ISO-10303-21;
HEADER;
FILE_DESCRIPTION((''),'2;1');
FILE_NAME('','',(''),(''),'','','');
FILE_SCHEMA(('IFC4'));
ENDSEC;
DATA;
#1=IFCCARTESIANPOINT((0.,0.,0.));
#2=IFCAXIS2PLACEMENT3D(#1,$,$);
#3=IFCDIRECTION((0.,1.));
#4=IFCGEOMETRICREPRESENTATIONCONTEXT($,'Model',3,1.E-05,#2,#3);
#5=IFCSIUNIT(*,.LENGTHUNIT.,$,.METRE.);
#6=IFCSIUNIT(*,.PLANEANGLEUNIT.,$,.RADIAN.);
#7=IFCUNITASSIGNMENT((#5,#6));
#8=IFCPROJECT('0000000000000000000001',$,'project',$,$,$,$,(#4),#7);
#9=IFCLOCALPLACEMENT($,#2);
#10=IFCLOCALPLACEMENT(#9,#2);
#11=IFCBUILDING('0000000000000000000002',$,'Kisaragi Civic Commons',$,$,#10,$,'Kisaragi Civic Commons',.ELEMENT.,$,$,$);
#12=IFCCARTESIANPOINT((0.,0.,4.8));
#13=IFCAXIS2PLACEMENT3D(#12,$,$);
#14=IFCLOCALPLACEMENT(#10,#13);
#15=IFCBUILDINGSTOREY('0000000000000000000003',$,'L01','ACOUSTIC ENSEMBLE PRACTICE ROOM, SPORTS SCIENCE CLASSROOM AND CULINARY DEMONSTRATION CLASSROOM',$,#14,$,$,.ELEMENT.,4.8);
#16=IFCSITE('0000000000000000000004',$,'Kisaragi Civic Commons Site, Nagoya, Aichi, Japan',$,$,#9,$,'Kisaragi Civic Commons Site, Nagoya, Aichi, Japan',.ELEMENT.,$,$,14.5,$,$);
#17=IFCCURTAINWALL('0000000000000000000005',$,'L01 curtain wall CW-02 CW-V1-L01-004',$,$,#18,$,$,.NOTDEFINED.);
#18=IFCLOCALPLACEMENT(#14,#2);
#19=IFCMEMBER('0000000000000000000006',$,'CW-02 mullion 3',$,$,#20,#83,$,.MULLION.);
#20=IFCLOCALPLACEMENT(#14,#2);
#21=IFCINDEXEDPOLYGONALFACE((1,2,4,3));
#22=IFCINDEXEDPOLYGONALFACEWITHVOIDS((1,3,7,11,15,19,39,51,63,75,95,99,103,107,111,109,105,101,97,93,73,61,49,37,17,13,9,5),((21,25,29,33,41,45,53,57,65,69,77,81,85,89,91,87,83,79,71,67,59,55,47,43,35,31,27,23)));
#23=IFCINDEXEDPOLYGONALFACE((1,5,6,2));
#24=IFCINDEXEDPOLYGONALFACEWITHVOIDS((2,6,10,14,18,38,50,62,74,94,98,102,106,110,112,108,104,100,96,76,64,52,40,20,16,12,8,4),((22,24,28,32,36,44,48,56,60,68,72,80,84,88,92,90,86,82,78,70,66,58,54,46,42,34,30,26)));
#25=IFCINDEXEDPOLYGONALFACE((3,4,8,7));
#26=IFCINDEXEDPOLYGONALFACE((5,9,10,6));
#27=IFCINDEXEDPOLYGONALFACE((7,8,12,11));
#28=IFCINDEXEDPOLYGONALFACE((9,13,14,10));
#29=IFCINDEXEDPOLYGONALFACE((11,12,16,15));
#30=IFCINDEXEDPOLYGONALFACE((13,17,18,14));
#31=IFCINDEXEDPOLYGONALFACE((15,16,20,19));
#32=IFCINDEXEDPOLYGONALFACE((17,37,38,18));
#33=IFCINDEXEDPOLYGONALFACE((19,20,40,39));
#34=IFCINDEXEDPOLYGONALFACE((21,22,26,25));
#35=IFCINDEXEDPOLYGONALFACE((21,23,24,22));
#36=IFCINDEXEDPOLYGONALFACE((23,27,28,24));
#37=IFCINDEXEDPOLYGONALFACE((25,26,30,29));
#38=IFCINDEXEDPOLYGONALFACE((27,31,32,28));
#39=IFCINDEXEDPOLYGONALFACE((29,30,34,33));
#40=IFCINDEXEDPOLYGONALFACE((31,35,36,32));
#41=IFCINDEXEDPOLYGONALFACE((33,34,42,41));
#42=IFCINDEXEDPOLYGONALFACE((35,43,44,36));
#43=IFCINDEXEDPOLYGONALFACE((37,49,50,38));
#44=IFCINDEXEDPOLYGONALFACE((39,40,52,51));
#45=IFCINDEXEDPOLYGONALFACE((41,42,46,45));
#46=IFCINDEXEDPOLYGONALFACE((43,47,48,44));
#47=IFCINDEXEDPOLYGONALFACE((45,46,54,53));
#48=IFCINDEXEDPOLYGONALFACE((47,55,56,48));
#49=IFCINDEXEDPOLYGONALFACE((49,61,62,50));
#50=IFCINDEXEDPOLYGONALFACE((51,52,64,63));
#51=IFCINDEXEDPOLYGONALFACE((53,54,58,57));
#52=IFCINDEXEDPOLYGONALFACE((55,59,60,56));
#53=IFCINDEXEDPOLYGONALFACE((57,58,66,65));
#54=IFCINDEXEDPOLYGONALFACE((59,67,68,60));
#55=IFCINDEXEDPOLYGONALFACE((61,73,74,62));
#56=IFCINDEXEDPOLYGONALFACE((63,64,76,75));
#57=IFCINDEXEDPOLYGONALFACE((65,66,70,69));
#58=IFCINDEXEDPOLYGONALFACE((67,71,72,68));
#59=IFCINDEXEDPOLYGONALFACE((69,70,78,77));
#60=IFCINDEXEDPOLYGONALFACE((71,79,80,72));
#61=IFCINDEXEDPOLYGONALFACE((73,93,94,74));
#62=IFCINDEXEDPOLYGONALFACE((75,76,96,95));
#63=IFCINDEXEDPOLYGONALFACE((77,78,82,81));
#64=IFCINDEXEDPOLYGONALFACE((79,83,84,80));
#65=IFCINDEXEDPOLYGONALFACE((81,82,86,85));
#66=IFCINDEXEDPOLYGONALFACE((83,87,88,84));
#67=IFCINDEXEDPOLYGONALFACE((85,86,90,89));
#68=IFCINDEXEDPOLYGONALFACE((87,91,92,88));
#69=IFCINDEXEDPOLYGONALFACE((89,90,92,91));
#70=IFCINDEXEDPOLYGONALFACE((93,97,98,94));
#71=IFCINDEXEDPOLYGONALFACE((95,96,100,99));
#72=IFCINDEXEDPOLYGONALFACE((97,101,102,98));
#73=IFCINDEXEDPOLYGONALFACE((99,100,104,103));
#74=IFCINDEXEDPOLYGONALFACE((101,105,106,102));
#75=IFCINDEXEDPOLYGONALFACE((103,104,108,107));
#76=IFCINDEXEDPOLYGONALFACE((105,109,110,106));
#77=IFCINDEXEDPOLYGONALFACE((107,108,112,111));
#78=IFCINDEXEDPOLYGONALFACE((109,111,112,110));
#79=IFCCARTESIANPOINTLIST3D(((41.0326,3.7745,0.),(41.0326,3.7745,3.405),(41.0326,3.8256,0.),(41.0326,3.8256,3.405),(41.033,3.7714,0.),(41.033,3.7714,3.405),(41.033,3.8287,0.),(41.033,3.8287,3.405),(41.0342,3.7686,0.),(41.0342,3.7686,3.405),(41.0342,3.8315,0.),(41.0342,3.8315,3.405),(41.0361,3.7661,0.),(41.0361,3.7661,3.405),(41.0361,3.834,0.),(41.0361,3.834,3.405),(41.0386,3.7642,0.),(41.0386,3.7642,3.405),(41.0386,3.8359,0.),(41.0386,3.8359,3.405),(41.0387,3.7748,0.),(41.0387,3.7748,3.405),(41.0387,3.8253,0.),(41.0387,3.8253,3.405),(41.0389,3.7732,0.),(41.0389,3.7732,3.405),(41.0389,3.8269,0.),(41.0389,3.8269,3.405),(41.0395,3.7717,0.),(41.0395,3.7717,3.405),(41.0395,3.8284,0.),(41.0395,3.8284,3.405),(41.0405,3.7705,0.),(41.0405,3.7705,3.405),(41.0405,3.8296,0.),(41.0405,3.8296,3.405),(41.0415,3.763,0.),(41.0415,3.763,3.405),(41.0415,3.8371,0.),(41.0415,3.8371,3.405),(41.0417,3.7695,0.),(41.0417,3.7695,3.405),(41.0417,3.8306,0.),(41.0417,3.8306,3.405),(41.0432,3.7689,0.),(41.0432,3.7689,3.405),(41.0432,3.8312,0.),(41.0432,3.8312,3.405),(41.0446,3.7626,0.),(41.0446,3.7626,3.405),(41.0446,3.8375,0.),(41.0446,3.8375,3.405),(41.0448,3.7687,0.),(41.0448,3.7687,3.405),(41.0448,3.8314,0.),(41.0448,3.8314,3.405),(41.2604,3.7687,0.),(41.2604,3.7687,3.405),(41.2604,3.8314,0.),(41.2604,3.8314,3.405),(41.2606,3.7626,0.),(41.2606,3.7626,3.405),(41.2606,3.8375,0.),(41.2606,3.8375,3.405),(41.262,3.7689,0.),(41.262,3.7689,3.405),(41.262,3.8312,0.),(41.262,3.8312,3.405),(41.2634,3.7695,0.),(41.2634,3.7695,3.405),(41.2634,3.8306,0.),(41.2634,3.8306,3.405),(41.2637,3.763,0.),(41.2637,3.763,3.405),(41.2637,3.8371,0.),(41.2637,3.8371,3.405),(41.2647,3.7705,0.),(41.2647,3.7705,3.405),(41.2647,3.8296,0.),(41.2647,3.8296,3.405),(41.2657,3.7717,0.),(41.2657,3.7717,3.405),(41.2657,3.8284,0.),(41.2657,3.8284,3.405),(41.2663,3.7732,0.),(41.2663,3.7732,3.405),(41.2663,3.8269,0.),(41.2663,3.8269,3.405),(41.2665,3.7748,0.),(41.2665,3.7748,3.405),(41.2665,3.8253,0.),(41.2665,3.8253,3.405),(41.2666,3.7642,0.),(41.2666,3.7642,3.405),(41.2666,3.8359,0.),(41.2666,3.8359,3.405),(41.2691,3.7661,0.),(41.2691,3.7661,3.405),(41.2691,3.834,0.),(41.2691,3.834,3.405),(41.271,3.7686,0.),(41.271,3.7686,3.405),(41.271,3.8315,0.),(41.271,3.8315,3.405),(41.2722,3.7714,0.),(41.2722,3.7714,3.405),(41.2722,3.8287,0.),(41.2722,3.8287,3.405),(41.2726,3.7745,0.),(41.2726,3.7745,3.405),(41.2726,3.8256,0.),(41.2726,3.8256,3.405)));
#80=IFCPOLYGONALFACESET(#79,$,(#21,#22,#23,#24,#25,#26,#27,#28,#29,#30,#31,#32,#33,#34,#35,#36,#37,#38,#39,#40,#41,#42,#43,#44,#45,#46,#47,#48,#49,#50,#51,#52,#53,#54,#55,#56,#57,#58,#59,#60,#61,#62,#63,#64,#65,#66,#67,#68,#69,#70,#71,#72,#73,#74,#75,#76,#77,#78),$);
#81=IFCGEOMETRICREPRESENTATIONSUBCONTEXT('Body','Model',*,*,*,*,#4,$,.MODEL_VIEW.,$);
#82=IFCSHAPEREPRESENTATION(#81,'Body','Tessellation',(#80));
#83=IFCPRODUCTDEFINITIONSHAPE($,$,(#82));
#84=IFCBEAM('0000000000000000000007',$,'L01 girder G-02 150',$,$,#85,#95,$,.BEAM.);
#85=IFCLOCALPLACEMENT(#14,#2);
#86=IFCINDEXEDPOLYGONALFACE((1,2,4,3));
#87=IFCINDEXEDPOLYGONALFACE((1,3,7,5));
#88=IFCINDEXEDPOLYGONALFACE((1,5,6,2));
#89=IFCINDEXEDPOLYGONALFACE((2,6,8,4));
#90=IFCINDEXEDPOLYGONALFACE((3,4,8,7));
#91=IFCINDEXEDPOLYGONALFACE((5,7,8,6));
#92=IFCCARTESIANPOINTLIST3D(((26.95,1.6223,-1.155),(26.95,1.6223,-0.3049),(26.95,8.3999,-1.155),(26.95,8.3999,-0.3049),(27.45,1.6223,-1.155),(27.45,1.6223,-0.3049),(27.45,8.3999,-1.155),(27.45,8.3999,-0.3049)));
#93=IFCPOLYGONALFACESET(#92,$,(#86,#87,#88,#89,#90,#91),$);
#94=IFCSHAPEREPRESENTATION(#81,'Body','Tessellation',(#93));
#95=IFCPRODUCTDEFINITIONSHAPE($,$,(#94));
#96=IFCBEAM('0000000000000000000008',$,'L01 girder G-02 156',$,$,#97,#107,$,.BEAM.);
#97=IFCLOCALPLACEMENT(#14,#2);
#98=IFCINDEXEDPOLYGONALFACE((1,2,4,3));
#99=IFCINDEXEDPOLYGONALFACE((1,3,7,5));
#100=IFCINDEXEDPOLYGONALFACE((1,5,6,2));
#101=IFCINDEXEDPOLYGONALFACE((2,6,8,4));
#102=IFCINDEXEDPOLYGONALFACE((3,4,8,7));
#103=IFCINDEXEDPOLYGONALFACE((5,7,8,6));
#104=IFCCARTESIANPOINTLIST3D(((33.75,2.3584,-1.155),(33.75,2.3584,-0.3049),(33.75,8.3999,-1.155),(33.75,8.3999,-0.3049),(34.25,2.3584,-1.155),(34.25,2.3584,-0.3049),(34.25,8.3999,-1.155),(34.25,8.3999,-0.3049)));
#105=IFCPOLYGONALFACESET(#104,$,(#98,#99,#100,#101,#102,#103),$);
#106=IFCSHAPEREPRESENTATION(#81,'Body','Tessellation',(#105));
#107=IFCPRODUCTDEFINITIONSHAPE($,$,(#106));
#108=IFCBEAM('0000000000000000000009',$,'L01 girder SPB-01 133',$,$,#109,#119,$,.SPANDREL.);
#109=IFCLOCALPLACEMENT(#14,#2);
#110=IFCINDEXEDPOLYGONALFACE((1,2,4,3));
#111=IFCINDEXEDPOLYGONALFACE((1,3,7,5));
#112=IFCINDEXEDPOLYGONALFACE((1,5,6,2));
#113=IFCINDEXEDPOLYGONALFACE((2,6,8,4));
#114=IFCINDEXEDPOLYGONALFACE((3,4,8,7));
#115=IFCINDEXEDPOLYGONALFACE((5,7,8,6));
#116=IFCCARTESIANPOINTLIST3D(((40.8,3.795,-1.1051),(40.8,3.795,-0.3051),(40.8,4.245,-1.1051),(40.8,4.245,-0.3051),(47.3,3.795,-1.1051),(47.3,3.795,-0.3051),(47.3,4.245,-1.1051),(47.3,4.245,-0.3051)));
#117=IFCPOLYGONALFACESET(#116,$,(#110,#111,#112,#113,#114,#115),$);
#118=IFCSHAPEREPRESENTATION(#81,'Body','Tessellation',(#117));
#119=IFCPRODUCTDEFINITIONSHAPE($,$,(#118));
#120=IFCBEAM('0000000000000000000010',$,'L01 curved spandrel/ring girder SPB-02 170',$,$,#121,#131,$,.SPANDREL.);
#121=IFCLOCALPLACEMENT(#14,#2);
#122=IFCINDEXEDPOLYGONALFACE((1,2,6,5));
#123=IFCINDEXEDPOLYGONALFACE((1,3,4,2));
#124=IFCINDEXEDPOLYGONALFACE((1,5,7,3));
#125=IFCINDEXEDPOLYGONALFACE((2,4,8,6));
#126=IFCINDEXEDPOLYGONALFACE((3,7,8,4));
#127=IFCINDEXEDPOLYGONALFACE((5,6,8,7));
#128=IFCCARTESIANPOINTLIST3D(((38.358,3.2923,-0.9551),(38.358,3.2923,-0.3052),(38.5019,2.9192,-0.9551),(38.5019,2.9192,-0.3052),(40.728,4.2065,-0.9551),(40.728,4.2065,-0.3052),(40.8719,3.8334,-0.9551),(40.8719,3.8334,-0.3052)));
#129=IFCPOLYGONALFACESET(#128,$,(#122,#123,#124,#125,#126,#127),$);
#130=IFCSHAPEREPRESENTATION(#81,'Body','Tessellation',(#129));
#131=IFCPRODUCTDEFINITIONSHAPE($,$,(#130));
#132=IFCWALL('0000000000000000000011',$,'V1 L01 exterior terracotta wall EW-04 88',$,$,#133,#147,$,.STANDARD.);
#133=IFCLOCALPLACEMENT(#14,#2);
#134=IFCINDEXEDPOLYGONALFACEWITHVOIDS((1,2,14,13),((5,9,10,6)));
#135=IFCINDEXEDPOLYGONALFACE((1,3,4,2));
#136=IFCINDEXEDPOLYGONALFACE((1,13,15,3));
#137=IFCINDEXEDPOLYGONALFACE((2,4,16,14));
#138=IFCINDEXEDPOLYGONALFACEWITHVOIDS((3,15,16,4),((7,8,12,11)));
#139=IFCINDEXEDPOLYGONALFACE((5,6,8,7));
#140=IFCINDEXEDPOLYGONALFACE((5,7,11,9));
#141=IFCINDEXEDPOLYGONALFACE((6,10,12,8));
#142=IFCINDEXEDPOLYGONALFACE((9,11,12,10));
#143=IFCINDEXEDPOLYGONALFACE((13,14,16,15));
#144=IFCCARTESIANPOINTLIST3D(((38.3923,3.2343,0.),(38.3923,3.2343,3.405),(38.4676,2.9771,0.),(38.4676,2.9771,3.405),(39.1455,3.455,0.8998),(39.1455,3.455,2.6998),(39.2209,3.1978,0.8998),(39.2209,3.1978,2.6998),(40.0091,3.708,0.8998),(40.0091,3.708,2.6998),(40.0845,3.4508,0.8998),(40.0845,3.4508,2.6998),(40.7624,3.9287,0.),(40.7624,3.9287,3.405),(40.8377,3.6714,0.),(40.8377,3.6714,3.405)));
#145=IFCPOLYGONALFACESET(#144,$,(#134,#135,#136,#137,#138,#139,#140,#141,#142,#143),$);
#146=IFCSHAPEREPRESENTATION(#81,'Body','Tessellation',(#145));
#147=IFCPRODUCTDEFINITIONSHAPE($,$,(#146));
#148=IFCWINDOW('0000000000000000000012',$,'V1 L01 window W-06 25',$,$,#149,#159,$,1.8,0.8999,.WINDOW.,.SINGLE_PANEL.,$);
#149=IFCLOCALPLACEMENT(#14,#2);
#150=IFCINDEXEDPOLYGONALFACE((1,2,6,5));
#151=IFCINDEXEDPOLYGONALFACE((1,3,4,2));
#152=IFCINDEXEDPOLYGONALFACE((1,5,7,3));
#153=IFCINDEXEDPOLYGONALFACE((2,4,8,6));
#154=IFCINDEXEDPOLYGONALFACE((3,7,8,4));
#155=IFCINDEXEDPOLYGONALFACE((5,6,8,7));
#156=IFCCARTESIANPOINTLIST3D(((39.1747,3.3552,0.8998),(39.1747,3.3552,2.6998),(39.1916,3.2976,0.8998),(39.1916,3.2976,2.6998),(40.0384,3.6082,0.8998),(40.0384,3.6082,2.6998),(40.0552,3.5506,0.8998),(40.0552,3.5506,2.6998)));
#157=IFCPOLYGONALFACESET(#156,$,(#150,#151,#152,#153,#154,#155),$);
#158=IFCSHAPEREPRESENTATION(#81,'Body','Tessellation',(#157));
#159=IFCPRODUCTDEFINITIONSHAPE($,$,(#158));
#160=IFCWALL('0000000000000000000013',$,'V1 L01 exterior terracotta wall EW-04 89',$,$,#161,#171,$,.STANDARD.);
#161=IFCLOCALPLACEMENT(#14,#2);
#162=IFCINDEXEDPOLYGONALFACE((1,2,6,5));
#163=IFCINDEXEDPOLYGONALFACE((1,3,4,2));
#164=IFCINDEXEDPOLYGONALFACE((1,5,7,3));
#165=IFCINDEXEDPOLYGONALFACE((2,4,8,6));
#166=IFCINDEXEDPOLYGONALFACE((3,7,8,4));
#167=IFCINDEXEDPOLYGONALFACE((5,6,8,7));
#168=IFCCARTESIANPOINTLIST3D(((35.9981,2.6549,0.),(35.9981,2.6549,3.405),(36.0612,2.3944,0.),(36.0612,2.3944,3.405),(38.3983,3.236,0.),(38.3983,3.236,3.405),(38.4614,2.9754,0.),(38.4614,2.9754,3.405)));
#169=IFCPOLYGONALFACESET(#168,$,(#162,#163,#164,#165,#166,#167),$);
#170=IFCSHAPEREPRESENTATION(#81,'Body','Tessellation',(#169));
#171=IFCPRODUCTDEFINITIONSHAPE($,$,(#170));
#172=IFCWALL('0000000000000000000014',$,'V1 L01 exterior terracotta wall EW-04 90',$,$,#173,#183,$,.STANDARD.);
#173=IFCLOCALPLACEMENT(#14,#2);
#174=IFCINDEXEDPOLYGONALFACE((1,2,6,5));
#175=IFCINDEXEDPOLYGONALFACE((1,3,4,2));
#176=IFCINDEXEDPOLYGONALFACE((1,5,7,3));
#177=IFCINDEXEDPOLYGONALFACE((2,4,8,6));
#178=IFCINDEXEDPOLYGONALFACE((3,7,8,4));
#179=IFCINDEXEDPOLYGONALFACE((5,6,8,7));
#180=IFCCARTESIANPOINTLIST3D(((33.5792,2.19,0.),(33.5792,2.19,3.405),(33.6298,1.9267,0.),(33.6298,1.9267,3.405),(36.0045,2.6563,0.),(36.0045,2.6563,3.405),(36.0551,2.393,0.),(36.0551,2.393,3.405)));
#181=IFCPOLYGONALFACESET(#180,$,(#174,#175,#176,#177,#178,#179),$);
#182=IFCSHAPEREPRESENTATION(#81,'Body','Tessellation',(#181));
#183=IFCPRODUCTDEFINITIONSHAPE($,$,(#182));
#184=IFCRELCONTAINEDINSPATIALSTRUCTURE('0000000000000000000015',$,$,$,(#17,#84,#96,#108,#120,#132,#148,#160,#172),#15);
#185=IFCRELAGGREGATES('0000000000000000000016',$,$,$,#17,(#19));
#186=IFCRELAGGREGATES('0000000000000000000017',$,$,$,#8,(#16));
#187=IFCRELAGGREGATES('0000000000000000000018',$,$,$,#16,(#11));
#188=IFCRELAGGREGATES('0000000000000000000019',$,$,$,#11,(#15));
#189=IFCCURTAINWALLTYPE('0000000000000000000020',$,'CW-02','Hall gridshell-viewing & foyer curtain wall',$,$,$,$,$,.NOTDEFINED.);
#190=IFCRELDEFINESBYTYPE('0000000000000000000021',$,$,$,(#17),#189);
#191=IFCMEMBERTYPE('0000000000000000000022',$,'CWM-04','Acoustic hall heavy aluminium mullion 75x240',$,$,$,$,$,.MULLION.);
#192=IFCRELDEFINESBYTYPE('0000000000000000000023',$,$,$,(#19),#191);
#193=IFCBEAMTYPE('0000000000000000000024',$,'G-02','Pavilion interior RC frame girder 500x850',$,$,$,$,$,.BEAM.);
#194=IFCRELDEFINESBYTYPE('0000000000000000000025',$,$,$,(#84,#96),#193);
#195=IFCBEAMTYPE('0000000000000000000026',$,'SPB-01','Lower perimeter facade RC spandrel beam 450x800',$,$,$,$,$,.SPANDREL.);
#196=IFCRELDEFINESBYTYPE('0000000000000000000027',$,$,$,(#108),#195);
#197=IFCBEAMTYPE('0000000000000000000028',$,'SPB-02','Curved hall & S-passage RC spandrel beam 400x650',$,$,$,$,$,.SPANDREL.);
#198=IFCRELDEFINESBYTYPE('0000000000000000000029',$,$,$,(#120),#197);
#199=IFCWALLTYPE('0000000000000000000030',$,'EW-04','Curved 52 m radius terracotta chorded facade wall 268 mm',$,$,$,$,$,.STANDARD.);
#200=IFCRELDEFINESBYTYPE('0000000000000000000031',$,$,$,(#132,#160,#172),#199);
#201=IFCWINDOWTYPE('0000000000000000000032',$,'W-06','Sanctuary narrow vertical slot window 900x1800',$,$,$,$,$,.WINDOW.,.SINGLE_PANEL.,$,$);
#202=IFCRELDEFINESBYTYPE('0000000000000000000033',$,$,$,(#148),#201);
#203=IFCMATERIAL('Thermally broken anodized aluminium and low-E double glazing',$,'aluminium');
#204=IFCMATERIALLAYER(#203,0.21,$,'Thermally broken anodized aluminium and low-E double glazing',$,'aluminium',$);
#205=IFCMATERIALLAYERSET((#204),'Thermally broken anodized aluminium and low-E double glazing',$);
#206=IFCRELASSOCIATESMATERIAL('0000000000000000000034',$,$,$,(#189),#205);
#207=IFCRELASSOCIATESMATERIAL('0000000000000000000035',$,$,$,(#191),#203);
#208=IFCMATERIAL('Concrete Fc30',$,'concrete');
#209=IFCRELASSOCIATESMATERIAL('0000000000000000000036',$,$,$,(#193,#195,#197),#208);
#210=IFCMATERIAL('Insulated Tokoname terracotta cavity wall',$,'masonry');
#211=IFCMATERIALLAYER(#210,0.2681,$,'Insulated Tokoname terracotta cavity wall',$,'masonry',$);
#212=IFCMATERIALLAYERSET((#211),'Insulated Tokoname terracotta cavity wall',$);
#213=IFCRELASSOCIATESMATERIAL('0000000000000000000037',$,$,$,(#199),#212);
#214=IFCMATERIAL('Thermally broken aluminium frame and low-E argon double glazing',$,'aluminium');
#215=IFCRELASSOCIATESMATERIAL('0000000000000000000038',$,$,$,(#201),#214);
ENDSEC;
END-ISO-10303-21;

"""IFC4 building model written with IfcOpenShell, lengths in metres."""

from ifc_helpers import new_model, si_unit, direction, frame, frame_2d, origin, origin_2d, place, context, subcontext, project, spatial, rectangle, hollow_rectangle, extrude, material, layer, layer_set, material_profile, profile_set, type_object, element, fill, aggregate, save


model = new_model("IFC4")

# Units and contexts
model_context = context("Model", 3, precision=1e-05, world=origin(), true_north=direction((0.0, 1.0)))
body_context = subcontext(model_context, "Body", "Model", "MODEL_VIEW")
ifc_project = project(units=[si_unit("LENGTHUNIT", "METRE"), si_unit("PLANEANGLEUNIT", "RADIAN")], contexts=[model_context])

# Site, building, storey
site_placement = place(None, origin())
site = spatial("IfcSite", under=ifc_project, at=site_placement, Name="Kisaragi Civic Commons Site, Nagoya, Aichi, Japan", LongName="Kisaragi Civic Commons Site, Nagoya, Aichi, Japan", CompositionType="ELEMENT", RefElevation=14.5)
building_placement = place(site_placement, origin())
building = spatial("IfcBuilding", under=site, at=building_placement, Name="Kisaragi Civic Commons", LongName="Kisaragi Civic Commons", CompositionType="ELEMENT")
storey_placement = place(building_placement, frame((0.0, 0.0, 4.8)))
storey = spatial("IfcBuildingStorey", under=building, at=storey_placement, Name="L01", Description="ACOUSTIC ENSEMBLE PRACTICE ROOM, SPORTS SCIENCE CLASSROOM AND CULINARY DEMONSTRATION CLASSROOM", CompositionType="ELEMENT", Elevation=4.8)

# Shared definitions
ifc_material_1 = material(Name="Concrete Fc30", Category="concrete")

# Curtain wall, member
ifc_material_2 = material(Name="Thermally broken anodized aluminium and low-E double glazing", Category="aluminium")
ifc_layer_1 = layer(ifc_material_2, 0.21, Name="Thermally broken anodized aluminium and low-E double glazing", Category="aluminium")
ifc_layer_set_1 = layer_set([ifc_layer_1], Name="Thermally broken anodized aluminium and low-E double glazing")
curtain_wall_type = type_object("IfcCurtainWallType", Name="CW-02", Description="Hall gridshell-viewing & foyer curtain wall", PredefinedType="NOTDEFINED", material=ifc_layer_set_1)
curtain_wall_placement = place(storey_placement, origin())
curtain_wall = element("IfcCurtainWall", 1, at=curtain_wall_placement, inside=storey, type_object=curtain_wall_type, Name="L01 curtain wall CW-02 CW-V1-L01-004", PredefinedType="NOTDEFINED")
ifc_material_profile_1 = material_profile(ifc_material_2, hollow_rectangle(XDim=0.075, YDim=0.24, WallThickness=0.0061, InnerFilletRadius=0.0061, OuterFilletRadius=0.012, at=origin_2d()), Name="CWM-75x240x6", Category="aluminium")
ifc_profile_set_1 = profile_set([ifc_material_profile_1], Name="Thermally broken anodized aluminium and low-E double glazing")
member_type = type_object("IfcMemberType", Name="CWM-04", Description="Acoustic hall heavy aluminium mullion 75x240", PredefinedType="MULLION", material=ifc_profile_set_1)
member_placement = place(storey_placement, frame((41.1526, 3.8, 0.0), z_axis=(0.0, 0.0, 1.0), x_axis=(0.0, -1.0, 0.0)))
member = element("IfcMember", 2, at=member_placement, type_object=member_type, Name="CW-02 mullion 3", PredefinedType="MULLION", context=body_context, shape_type="SweptSolid", body=[
    extrude(hollow_rectangle(XDim=0.075, YDim=0.24, WallThickness=0.0061, InnerFilletRadius=0.0061, OuterFilletRadius=0.012, at=origin_2d()), origin(), (0.0, 0.0, 1.0), 3.405),
])
aggregate(curtain_wall, [member])

# Beams
ifc_material_profile_2 = material_profile(ifc_material_1, rectangle(XDim=0.5, YDim=0.8501, at=origin_2d()), Name="RC-500x850", Category="concrete")
ifc_profile_set_2 = profile_set([ifc_material_profile_2], Name="Concrete Fc30")
beam_type_1 = type_object("IfcBeamType", Name="G-02", Description="Pavilion interior RC frame girder 500x850", PredefinedType="BEAM", material=ifc_profile_set_2)
beam_1_placement = place(storey_placement, frame((27.2, 1.6223, -0.73), z_axis=(0.0, 1.0, 0.0), x_axis=(-1.0, 0.0, 0.0)))
element("IfcBeam", 3, at=beam_1_placement, inside=storey, type_object=beam_type_1, Name="L01 girder G-02 150", PredefinedType="BEAM", context=body_context, shape_type="SweptSolid", body=[
    extrude(rectangle(XDim=0.5, YDim=0.8501, at=origin_2d()), origin(), (0.0, 0.0, 1.0), 6.7776),
])
beam_2_placement = place(storey_placement, frame((34.0, 2.3584, -0.73), z_axis=(0.0, 1.0, 0.0), x_axis=(-1.0, 0.0, 0.0)))
element("IfcBeam", 4, at=beam_2_placement, inside=storey, type_object=beam_type_1, Name="L01 girder G-02 156", PredefinedType="BEAM", context=body_context, shape_type="SweptSolid", body=[
    extrude(rectangle(XDim=0.5, YDim=0.8501, at=origin_2d()), origin(), (0.0, 0.0, 1.0), 6.0415),
])
ifc_material_profile_3 = material_profile(ifc_material_1, rectangle(XDim=0.45, YDim=0.8, at=origin_2d()), Name="RC-450x800", Category="concrete")
ifc_profile_set_3 = profile_set([ifc_material_profile_3], Name="Concrete Fc30")
beam_type_2 = type_object("IfcBeamType", Name="SPB-01", Description="Lower perimeter facade RC spandrel beam 450x800", PredefinedType="SPANDREL", material=ifc_profile_set_3)
beam_3_placement = place(storey_placement, frame((40.8, 4.02, -0.7051), z_axis=(1.0, 0.0, 0.0), x_axis=(0.0, 1.0, 0.0)))
element("IfcBeam", 5, at=beam_3_placement, inside=storey, type_object=beam_type_2, Name="L01 girder SPB-01 133", PredefinedType="SPANDREL", context=body_context, shape_type="SweptSolid", body=[
    extrude(rectangle(XDim=0.45, YDim=0.8, at=origin_2d()), origin(), (0.0, 0.0, 1.0), 6.5),
])
ifc_material_profile_4 = material_profile(ifc_material_1, rectangle(XDim=0.3999, YDim=0.6499, at=origin_2d()), Name="RC-400x650", Category="concrete")
ifc_profile_set_4 = profile_set([ifc_material_profile_4], Name="Concrete Fc30")
beam_type_3 = type_object("IfcBeamType", Name="SPB-02", Description="Curved hall & S-passage RC spandrel beam 400x650", PredefinedType="SPANDREL", material=ifc_profile_set_4)
beam_4_placement = place(storey_placement, frame((38.4299, 3.1057, -0.6301), z_axis=(0.932986, 0.359913, 0.0), x_axis=(-0.359913, 0.932986, 0.0)))
element("IfcBeam", 6, at=beam_4_placement, inside=storey, type_object=beam_type_3, Name="L01 curved spandrel/ring girder SPB-02 170", PredefinedType="SPANDREL", context=body_context, shape_type="SweptSolid", body=[
    extrude(rectangle(XDim=0.3999, YDim=0.6499, at=origin_2d()), origin(), (0.0, 0.0, 1.0), 2.5403),
])

# Wall, opening, window
ifc_material_3 = material(Name="Insulated Tokoname terracotta cavity wall", Category="masonry")
ifc_layer_2 = layer(ifc_material_3, 0.2681, Name="Insulated Tokoname terracotta cavity wall", Category="masonry")
ifc_layer_set_2 = layer_set([ifc_layer_2], Name="Insulated Tokoname terracotta cavity wall")
wall_type_1 = type_object("IfcWallType", Name="EW-04", Description="Curved 52 m radius terracotta chorded facade wall 268 mm", PredefinedType="STANDARD", material=ifc_layer_set_2)
wall_1_placement = place(storey_placement, frame((40.8, 3.8, 0.0), z_axis=(0.0, 0.0, 1.0), x_axis=(-0.959667, -0.281139, 0.0)))
wall_1 = element("IfcWall", 7, at=wall_1_placement, inside=storey, type_object=wall_type_1, Name="V1 L01 exterior terracotta wall EW-04 88", PredefinedType="STANDARD", context=body_context, shape_type="SweptSolid", body=[
    extrude(rectangle(XDim=2.4697, YDim=0.2681, at=frame_2d((1.2349, 0.0))), origin(), (0.0, 0.0, 1.0), 3.405),
])
opening_1_placement = place(wall_1_placement, frame((0.7849, 0.0, 0.8999)))
opening_1 = element("IfcOpeningElement", 8, at=opening_1_placement, cuts=wall_1, PredefinedType="OPENING", context=body_context, shape_type="SweptSolid", body=[
    extrude(rectangle(XDim=0.8999, YDim=1.8, at=frame_2d((0.45, 0.8999))), frame((0.0, 0.144, 0.0), z_axis=(0.0, -1.0, 0.0), x_axis=(1.0, 0.0, 0.0)), (0.0, 0.0, 1.0), 0.2881),
])
ifc_material_4 = material(Name="Thermally broken aluminium frame and low-E argon double glazing", Category="aluminium")
window_type = type_object("IfcWindowType", Name="W-06", Description="Sanctuary narrow vertical slot window 900x1800", PartitioningType="SINGLE_PANEL", PredefinedType="WINDOW", material=ifc_material_4)
window_1_placement = place(opening_1_placement, origin())
window_1 = element("IfcWindow", 9, at=window_1_placement, inside=storey, type_object=window_type, Name="V1 L01 window W-06 25", OverallHeight=1.8, OverallWidth=0.8999, PartitioningType="SINGLE_PANEL", PredefinedType="WINDOW", context=body_context, shape_type="SweptSolid", body=[
    extrude(rectangle(XDim=0.8999, YDim=1.8, at=frame_2d((0.45, 0.8999))), frame((0.0, 0.03, 0.0), z_axis=(0.0, -1.0, 0.0), x_axis=(1.0, 0.0, 0.0)), (0.0, 0.0, 1.0), 0.0601),
])
fill(opening_1, window_1)

# Walls
wall_2_placement = place(storey_placement, frame((38.4299, 3.1057, 0.0), z_axis=(0.0, 0.0, 1.0), x_axis=(-0.971924, -0.235294, 0.0)))
element("IfcWall", 10, at=wall_2_placement, inside=storey, type_object=wall_type_1, Name="V1 L01 exterior terracotta wall EW-04 89", PredefinedType="STANDARD", context=body_context, shape_type="SweptSolid", body=[
    extrude(rectangle(XDim=2.4695, YDim=0.2681, at=frame_2d((1.2349, 0.0))), origin(), (0.0, 0.0, 1.0), 3.405),
])
wall_3_placement = place(storey_placement, frame((36.0298, 2.5247, 0.0), z_axis=(0.0, 0.0, 1.0), x_axis=(-0.982013, -0.188811, 0.0)))
element("IfcWall", 11, at=wall_3_placement, inside=storey, type_object=wall_type_1, Name="V1 L01 exterior terracotta wall EW-04 90", PredefinedType="STANDARD", context=body_context, shape_type="SweptSolid", body=[
    extrude(rectangle(XDim=2.4697, YDim=0.2681, at=frame_2d((1.2349, 0.0))), origin(), (0.0, 0.0, 1.0), 3.405),
])

save(model, "model.ifc")
